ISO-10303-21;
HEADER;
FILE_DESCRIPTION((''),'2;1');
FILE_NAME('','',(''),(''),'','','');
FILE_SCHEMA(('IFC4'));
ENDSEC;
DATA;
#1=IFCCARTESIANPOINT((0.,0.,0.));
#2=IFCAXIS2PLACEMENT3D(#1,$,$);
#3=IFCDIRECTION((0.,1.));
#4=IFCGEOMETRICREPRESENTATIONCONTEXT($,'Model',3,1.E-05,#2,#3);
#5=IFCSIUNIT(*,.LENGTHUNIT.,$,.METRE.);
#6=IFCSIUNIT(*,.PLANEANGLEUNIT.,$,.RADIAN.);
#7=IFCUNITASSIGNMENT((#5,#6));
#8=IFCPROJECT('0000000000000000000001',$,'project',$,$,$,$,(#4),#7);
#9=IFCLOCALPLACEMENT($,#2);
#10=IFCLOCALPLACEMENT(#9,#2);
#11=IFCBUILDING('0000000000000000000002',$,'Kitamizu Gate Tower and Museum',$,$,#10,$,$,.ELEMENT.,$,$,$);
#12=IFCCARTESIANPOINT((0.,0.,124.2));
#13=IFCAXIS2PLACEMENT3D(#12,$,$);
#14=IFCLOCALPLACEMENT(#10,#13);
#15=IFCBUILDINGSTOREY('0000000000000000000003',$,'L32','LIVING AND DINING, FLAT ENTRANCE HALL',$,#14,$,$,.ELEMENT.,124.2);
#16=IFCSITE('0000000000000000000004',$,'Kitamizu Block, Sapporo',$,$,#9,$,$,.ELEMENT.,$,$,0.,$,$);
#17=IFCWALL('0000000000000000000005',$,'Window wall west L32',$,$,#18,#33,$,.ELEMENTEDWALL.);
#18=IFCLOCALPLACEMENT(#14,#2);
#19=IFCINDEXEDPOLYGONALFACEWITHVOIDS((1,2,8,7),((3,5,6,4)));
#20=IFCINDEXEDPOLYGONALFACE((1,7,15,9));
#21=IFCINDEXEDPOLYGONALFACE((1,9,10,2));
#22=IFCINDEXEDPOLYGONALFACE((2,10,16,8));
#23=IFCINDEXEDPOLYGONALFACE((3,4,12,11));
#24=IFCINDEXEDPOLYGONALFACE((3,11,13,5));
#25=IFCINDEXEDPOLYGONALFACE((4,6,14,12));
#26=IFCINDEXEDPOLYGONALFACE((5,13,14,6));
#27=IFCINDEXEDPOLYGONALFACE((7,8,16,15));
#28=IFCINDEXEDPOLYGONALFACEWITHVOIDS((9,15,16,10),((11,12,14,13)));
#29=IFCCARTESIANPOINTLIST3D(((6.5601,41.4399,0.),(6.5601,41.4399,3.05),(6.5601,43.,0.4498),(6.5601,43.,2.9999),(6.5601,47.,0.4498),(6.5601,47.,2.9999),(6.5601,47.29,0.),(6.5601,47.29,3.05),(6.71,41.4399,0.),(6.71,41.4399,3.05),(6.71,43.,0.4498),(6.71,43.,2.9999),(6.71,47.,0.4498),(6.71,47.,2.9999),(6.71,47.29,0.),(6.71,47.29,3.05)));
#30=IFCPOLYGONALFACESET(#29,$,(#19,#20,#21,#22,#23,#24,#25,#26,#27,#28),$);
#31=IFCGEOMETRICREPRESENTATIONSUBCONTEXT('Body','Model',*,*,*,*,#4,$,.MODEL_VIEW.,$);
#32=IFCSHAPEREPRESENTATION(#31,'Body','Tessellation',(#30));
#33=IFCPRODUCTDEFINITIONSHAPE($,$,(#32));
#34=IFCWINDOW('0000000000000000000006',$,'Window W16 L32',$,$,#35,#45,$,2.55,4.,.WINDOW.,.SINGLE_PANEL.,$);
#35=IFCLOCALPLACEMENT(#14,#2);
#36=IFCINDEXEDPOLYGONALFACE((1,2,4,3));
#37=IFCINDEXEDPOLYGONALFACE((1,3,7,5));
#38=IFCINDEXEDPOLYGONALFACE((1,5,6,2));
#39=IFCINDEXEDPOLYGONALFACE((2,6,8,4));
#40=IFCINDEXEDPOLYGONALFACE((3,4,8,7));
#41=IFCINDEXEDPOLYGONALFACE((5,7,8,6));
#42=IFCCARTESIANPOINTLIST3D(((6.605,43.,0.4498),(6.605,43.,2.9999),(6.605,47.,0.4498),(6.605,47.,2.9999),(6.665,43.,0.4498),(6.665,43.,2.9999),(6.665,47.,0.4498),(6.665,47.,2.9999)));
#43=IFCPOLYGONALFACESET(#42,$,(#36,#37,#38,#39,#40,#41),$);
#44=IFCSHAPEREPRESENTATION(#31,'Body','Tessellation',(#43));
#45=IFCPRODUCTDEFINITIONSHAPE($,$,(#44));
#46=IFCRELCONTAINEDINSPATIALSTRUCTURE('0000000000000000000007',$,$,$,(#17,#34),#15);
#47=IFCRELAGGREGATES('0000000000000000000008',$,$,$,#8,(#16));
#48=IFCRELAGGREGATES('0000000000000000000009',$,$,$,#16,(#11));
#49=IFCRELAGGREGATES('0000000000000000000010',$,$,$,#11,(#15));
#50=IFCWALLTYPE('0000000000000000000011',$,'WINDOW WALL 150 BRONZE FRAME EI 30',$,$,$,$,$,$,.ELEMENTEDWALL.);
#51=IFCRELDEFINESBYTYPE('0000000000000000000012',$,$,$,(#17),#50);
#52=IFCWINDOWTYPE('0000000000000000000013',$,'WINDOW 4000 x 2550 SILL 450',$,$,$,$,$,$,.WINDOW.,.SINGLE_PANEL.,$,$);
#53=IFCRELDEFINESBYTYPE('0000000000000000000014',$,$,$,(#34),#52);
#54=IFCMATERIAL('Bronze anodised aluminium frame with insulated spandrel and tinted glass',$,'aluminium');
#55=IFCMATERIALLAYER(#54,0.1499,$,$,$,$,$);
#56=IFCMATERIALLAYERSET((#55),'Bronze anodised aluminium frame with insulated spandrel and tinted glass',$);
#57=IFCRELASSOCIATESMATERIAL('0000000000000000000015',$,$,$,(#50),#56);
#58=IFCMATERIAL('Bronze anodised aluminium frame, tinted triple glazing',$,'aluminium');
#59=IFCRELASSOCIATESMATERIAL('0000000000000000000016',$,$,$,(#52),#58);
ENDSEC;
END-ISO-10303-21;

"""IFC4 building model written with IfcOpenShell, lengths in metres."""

from ifc_helpers import new_model, si_unit, direction, frame, frame_2d, origin, place, context, subcontext, project, spatial, rectangle, extrude, material, layer, layer_set, type_object, element, fill, save


model = new_model("IFC4")

# Units and contexts
model_context = context("Model", 3, precision=1e-05, world=origin(), true_north=direction((0.0, 1.0)))
body_context = subcontext(model_context, "Body", "Model", "MODEL_VIEW")
ifc_project = project(units=[si_unit("LENGTHUNIT", "METRE"), si_unit("PLANEANGLEUNIT", "RADIAN")], contexts=[model_context])

# Site, building, storey
site_placement = place(None, origin())
site = spatial("IfcSite", under=ifc_project, at=site_placement, Name="Kitamizu Block, Sapporo", CompositionType="ELEMENT", RefElevation=0.0)
building_placement = place(site_placement, origin())
building = spatial("IfcBuilding", under=site, at=building_placement, Name="Kitamizu Gate Tower and Museum", CompositionType="ELEMENT")
storey_placement = place(building_placement, frame((0.0, 0.0, 124.2)))
storey = spatial("IfcBuildingStorey", under=building, at=storey_placement, Name="L32", Description="LIVING AND DINING, FLAT ENTRANCE HALL", CompositionType="ELEMENT", Elevation=124.2)

# Shared definitions
ifc_material_1 = material(Name="Bronze anodised aluminium frame with insulated spandrel and tinted glass", Category="aluminium")
ifc_layer = layer(ifc_material_1, 0.1499)
ifc_layer_set = layer_set([ifc_layer], Name="Bronze anodised aluminium frame with insulated spandrel and tinted glass")
wall_type = type_object("IfcWallType", Name="WINDOW WALL 150 BRONZE FRAME EI 30", PredefinedType="ELEMENTEDWALL", material=ifc_layer_set)

# Wall, opening, window
wall_1_placement = place(storey_placement, frame((6.635, 41.4399, 0.0), z_axis=(0.0, 0.0, 1.0), x_axis=(0.0, 1.0, 0.0)))
wall_1 = element("IfcWall", 1, at=wall_1_placement, inside=storey, type_object=wall_type, Name="Window wall west L32", PredefinedType="ELEMENTEDWALL", context=body_context, shape_type="SweptSolid", body=[
    extrude(rectangle(XDim=5.8501, YDim=0.1499, at=frame_2d((2.925, 0.0))), origin(), (0.0, 0.0, 1.0), 3.05),
])
opening_1_placement = place(wall_1_placement, frame((1.5601, 0.0, 0.45)))
opening_1 = element("IfcOpeningElement", 2, at=opening_1_placement, cuts=wall_1, PredefinedType="OPENING", context=body_context, shape_type="SweptSolid", body=[
    extrude(rectangle(XDim=4.0, YDim=2.55, at=frame_2d((2.0, 1.2749))), frame((0.0, 0.085, 0.0), z_axis=(0.0, -1.0, 0.0), x_axis=(1.0, 0.0, 0.0)), (0.0, 0.0, 1.0), 0.1699),
])
ifc_material_2 = material(Name="Bronze anodised aluminium frame, tinted triple glazing", Category="aluminium")
window_type_1 = type_object("IfcWindowType", Name="WINDOW 4000 x 2550 SILL 450", PartitioningType="SINGLE_PANEL", PredefinedType="WINDOW", material=ifc_material_2)
window_1_placement = place(opening_1_placement, origin())
window_1 = element("IfcWindow", 3, at=window_1_placement, inside=storey, type_object=window_type_1, Name="Window W16 L32", OverallHeight=2.55, OverallWidth=4.0, PartitioningType="SINGLE_PANEL", PredefinedType="WINDOW", context=body_context, shape_type="SweptSolid", body=[
    extrude(rectangle(XDim=4.0, YDim=2.55, at=frame_2d((2.0, 1.2749))), frame((0.0, 0.03, 0.0), z_axis=(0.0, -1.0, 0.0), x_axis=(1.0, 0.0, 0.0)), (0.0, 0.0, 1.0), 0.0601),
])
fill(opening_1, window_1)

save(model, "model.ifc")
